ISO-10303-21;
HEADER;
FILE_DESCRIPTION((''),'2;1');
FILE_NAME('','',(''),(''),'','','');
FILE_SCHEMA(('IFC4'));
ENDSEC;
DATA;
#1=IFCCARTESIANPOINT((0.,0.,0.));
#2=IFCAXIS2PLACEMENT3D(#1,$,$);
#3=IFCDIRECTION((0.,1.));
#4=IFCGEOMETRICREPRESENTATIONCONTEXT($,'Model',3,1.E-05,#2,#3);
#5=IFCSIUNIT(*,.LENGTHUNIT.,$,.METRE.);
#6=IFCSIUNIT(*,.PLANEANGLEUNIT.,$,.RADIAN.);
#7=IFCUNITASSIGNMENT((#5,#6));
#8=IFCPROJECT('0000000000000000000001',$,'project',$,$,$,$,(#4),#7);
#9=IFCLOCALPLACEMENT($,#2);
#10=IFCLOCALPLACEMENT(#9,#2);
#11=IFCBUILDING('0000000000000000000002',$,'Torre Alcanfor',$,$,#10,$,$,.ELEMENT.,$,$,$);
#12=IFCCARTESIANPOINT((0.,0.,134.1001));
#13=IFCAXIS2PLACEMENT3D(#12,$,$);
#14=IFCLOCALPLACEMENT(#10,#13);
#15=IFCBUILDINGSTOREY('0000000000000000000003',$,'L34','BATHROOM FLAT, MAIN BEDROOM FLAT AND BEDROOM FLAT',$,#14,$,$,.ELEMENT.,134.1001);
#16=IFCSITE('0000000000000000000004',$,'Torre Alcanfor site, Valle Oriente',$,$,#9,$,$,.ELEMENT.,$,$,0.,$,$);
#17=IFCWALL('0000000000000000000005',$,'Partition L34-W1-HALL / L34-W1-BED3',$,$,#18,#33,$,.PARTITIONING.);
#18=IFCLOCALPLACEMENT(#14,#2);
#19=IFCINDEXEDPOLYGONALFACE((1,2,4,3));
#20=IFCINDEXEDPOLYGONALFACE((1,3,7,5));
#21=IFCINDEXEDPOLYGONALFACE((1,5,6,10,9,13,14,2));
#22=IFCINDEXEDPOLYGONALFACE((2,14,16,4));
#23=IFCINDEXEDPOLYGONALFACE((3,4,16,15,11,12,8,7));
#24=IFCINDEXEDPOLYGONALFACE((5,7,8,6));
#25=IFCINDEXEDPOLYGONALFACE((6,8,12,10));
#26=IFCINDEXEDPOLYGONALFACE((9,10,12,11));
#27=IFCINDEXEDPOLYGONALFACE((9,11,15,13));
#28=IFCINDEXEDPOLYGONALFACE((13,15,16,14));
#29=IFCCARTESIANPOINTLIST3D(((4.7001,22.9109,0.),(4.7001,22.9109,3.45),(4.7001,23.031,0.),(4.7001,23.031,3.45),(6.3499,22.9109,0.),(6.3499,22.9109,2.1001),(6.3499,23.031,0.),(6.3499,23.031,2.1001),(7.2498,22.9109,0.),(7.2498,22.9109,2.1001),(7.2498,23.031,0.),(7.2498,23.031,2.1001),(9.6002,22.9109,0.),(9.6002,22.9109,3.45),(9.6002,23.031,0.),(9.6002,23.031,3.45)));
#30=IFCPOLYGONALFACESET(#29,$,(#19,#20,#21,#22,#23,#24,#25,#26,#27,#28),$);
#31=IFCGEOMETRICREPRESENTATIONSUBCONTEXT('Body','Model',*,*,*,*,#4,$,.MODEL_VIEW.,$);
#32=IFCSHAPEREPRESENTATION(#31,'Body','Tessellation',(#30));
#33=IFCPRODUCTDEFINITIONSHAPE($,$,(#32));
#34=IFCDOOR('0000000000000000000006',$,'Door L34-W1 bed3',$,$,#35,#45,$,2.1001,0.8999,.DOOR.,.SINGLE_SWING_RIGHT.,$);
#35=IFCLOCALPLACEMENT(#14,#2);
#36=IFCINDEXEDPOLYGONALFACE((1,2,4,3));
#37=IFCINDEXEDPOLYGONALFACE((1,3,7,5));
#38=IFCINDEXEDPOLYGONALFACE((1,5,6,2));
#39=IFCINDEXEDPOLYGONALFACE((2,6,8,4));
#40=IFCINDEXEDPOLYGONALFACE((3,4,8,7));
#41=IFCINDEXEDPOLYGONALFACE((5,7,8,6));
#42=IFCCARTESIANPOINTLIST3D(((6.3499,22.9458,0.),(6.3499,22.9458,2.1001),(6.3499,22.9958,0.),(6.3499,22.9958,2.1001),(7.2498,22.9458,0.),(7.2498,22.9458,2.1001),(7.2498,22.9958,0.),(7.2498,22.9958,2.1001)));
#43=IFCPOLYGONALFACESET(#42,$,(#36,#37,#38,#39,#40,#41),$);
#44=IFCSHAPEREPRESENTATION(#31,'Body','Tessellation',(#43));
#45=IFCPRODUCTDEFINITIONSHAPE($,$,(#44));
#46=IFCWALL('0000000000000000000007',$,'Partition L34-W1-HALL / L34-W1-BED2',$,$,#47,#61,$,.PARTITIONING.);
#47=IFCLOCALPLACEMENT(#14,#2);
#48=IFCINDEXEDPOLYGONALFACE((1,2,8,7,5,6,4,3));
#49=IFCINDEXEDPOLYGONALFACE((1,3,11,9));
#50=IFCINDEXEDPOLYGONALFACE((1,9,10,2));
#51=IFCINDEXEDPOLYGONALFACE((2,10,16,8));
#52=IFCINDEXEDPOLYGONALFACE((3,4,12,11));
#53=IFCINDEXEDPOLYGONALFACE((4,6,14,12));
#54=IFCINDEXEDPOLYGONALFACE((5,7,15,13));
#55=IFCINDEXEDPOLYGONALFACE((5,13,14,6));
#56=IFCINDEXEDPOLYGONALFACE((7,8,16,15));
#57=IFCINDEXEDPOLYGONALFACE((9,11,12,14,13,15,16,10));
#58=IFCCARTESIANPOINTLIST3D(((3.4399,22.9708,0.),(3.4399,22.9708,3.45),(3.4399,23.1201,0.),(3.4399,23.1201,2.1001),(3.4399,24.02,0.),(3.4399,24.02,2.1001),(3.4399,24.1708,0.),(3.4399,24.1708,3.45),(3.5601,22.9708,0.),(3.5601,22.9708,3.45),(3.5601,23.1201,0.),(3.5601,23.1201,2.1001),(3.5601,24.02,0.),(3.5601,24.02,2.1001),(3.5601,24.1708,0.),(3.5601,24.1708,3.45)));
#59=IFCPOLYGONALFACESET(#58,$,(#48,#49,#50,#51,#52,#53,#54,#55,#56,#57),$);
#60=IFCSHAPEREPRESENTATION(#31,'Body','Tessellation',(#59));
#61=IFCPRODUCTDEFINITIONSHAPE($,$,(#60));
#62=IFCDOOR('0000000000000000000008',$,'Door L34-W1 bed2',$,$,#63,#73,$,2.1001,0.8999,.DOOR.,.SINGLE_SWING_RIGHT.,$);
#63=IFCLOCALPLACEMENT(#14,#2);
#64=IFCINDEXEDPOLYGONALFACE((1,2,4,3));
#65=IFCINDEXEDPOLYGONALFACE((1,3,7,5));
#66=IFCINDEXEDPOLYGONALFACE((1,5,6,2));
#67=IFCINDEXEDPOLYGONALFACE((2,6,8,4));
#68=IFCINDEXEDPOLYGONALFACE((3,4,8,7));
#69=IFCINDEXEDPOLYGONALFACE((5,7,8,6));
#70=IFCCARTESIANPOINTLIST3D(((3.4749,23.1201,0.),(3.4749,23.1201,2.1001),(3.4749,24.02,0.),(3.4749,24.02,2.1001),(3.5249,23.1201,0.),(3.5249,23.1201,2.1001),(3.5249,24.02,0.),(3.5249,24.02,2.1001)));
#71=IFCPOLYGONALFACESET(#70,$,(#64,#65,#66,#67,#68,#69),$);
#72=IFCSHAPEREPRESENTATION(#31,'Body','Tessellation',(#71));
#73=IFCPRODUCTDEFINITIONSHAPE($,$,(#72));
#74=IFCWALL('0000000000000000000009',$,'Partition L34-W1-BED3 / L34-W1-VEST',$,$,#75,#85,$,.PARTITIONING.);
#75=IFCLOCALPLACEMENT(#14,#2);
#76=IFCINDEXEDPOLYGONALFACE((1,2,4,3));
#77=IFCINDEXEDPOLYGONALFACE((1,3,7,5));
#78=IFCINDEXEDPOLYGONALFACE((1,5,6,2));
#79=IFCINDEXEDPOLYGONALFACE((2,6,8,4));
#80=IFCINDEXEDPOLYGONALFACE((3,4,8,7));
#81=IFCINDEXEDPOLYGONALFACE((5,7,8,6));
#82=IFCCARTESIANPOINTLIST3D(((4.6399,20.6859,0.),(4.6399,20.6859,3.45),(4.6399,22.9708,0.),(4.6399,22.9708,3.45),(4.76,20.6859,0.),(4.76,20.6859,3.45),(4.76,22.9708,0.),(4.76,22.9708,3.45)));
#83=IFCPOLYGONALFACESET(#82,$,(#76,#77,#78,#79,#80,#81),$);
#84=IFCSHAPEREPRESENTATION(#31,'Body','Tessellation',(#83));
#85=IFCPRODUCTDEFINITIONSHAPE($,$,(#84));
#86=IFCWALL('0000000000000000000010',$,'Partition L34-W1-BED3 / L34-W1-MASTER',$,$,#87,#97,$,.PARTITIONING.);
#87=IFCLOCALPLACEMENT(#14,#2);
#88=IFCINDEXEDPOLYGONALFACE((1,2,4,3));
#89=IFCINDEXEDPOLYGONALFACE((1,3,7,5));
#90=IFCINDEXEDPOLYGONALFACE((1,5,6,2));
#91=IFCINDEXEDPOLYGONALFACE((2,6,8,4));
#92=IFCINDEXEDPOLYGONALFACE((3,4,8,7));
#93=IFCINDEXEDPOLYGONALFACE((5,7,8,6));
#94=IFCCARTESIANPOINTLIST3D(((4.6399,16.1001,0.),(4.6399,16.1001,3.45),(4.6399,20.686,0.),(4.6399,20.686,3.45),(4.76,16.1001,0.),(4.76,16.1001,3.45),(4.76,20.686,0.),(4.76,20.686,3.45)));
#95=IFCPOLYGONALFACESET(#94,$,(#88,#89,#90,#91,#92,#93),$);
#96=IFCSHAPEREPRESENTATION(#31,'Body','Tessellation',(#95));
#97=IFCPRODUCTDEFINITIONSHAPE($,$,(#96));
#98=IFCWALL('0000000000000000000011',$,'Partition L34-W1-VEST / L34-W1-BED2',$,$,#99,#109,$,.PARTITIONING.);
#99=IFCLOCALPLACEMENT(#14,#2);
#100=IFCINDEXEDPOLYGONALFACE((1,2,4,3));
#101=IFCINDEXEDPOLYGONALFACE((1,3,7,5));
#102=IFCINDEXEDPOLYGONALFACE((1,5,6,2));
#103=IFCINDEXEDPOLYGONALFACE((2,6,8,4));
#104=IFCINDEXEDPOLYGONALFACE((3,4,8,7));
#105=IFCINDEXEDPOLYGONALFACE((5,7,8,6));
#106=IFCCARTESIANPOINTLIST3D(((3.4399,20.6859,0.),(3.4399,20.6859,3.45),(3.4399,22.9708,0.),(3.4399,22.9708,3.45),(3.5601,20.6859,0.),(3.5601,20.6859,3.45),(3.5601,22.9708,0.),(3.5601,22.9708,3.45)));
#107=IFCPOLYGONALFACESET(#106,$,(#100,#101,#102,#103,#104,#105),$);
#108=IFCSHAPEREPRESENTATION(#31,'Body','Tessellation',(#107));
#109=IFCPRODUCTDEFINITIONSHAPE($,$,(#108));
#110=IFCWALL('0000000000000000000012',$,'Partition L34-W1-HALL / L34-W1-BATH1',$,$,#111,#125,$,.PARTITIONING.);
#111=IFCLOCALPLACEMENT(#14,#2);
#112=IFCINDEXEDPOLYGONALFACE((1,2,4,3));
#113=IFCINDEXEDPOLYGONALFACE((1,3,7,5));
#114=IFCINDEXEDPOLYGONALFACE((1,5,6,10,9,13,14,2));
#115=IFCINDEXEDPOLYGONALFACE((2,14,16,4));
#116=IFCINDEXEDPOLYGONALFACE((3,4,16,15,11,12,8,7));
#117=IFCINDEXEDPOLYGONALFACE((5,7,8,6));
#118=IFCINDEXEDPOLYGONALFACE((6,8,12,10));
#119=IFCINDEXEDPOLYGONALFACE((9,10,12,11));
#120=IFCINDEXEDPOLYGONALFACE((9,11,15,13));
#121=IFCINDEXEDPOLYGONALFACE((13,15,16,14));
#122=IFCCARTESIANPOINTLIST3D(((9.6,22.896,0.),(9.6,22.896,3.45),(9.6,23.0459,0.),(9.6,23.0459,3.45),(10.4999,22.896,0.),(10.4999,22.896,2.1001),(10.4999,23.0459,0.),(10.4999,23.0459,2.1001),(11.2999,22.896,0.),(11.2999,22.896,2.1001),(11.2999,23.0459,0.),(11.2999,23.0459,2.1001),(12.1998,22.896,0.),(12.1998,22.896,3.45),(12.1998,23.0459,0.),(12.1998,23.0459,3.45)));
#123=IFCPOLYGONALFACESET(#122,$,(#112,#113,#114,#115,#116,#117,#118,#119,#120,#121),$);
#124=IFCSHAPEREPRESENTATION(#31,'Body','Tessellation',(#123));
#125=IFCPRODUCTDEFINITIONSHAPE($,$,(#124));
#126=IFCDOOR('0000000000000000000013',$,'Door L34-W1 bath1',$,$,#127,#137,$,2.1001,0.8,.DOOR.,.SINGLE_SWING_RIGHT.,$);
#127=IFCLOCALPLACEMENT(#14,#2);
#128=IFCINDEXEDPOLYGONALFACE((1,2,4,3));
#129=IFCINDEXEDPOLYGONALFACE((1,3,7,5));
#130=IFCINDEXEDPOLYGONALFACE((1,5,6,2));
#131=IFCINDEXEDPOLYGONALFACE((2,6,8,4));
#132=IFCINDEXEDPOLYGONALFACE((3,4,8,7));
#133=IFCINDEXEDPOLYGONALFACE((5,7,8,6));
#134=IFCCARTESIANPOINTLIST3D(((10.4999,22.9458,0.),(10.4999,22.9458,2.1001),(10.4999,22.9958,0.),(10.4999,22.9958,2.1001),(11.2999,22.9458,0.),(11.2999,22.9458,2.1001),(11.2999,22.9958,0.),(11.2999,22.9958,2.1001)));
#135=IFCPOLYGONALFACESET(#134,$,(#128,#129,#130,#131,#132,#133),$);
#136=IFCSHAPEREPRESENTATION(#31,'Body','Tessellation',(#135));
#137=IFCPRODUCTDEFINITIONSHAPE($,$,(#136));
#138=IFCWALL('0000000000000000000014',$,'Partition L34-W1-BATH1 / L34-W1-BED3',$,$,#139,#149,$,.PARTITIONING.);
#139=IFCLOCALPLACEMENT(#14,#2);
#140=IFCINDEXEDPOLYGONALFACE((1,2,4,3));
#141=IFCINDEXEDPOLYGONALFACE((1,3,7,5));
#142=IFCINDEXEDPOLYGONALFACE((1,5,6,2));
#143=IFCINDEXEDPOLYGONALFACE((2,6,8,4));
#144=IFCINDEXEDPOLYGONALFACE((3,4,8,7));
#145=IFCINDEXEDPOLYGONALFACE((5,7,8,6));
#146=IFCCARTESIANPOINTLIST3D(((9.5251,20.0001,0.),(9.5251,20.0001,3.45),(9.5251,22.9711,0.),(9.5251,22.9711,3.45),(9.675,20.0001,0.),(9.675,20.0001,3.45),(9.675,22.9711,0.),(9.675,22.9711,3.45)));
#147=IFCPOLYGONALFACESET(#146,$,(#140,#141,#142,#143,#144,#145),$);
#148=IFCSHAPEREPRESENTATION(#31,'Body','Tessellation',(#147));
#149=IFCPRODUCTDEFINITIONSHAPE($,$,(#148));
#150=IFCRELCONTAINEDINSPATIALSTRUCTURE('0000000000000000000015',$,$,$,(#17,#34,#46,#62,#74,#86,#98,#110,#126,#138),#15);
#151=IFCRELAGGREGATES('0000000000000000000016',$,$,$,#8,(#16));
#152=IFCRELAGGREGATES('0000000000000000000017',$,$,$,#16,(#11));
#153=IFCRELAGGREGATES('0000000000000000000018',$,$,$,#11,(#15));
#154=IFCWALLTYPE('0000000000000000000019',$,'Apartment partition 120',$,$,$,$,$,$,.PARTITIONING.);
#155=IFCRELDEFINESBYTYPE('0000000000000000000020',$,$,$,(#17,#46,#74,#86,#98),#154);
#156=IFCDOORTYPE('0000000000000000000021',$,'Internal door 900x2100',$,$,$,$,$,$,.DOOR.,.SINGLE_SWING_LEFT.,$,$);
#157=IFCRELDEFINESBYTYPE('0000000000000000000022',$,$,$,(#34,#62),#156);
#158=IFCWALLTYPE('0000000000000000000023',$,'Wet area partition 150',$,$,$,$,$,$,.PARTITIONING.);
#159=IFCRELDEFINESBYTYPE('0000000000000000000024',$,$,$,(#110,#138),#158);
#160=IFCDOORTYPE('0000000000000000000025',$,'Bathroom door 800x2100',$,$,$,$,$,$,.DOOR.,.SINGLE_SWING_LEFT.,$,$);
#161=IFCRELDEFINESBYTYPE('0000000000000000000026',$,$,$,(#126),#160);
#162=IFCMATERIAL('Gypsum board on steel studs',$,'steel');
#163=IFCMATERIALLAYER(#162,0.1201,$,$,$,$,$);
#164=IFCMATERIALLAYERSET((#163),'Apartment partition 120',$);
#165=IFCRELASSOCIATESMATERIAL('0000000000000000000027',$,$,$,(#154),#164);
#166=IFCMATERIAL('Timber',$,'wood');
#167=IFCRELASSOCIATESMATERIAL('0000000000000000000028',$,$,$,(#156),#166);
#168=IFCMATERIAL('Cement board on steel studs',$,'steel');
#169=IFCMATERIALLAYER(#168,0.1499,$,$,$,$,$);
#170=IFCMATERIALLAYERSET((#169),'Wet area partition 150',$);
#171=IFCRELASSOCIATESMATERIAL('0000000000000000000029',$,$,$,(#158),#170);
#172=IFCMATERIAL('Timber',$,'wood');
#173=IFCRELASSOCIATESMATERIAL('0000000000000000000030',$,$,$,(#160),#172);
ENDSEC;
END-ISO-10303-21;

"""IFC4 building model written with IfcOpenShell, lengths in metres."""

from ifc_helpers import new_model, si_unit, direction, frame, frame_2d, origin, place, context, subcontext, project, spatial, rectangle, extrude, material, layer, layer_set, type_object, element, fill, save


model = new_model("IFC4")

# Units and contexts
model_context = context("Model", 3, precision=1e-05, world=origin(), true_north=direction((0.0, 1.0)))
body_context = subcontext(model_context, "Body", "Model", "MODEL_VIEW")
ifc_project = project(units=[si_unit("LENGTHUNIT", "METRE"), si_unit("PLANEANGLEUNIT", "RADIAN")], contexts=[model_context])

# Site, building, storey
site_placement = place(None, origin())
site = spatial("IfcSite", under=ifc_project, at=site_placement, Name="Torre Alcanfor site, Valle Oriente", CompositionType="ELEMENT", RefElevation=0.0)
building_placement = place(site_placement, origin())
building = spatial("IfcBuilding", under=site, at=building_placement, Name="Torre Alcanfor", CompositionType="ELEMENT")
storey_placement = place(building_placement, frame((0.0, 0.0, 134.1001)))
storey = spatial("IfcBuildingStorey", under=building, at=storey_placement, Name="L34", Description="BATHROOM FLAT, MAIN BEDROOM FLAT AND BEDROOM FLAT", CompositionType="ELEMENT", Elevation=134.1001)

# Shared definitions
ifc_material_1 = material(Name="Gypsum board on steel studs", Category="steel")
ifc_layer_1 = layer(ifc_material_1, 0.1201)
ifc_layer_set_1 = layer_set([ifc_layer_1], Name="Apartment partition 120")
wall_type_1 = type_object("IfcWallType", Name="Apartment partition 120", PredefinedType="PARTITIONING", material=ifc_layer_set_1)
ifc_material_2 = material(Name="Timber", Category="wood")
door_type_1 = type_object("IfcDoorType", Name="Internal door 900x2100", OperationType="SINGLE_SWING_LEFT", PredefinedType="DOOR", material=ifc_material_2)

# Walls, openings, doors
wall_1_placement = place(storey_placement, frame((4.7, 22.9709, 0.0), z_axis=(0.0, 0.0, 1.0), x_axis=(1.0, 0.0, 0.0)))
wall_1 = element("IfcWall", 1, at=wall_1_placement, inside=storey, type_object=wall_type_1, Name="Partition L34-W1-HALL / L34-W1-BED3", PredefinedType="PARTITIONING", context=body_context, shape_type="SweptSolid", body=[
    extrude(rectangle(XDim=4.9001, YDim=0.1201, at=frame_2d((2.4502, 0.0))), origin(), (0.0, 0.0, 1.0), 3.45),
])
opening_1_placement = place(wall_1_placement, frame((1.6499, 0.0, 0.0)))
opening_1 = element("IfcOpeningElement", 2, at=opening_1_placement, cuts=wall_1, PredefinedType="OPENING", context=body_context, shape_type="SweptSolid", body=[
    extrude(rectangle(XDim=0.8999, YDim=2.1001, at=frame_2d((0.45, 1.05))), frame((0.0, 0.0701, 0.0), z_axis=(0.0, -1.0, 0.0), x_axis=(1.0, 0.0, 0.0)), (0.0, 0.0, 1.0), 0.1401),
])
door_1_placement = place(opening_1_placement, frame((0.8999, 0.0, 0.0), z_axis=(0.0, 0.0, 1.0), x_axis=(-1.0, 0.0, 0.0)))
door_1 = element("IfcDoor", 3, at=door_1_placement, inside=storey, type_object=door_type_1, Name="Door L34-W1 bed3", OperationType="SINGLE_SWING_RIGHT", OverallHeight=2.1001, OverallWidth=0.8999, PredefinedType="DOOR", context=body_context, shape_type="SweptSolid", body=[
    extrude(rectangle(XDim=0.8999, YDim=2.1001, at=frame_2d((0.45, 1.05))), frame((0.0, 0.0251, 0.0), z_axis=(0.0, -1.0, 0.0), x_axis=(1.0, 0.0, 0.0)), (0.0, 0.0, 1.0), 0.05),
])
fill(opening_1, door_1)
wall_2_placement = place(storey_placement, frame((3.5, 24.1709, 0.0), z_axis=(0.0, 0.0, 1.0), x_axis=(0.0, -1.0, 0.0)))
wall_2 = element("IfcWall", 4, at=wall_2_placement, inside=storey, type_object=wall_type_1, Name="Partition L34-W1-HALL / L34-W1-BED2", PredefinedType="PARTITIONING", context=body_context, shape_type="SweptSolid", body=[
    extrude(rectangle(XDim=1.2, YDim=0.1201, at=frame_2d((0.6001, 0.0))), origin(), (0.0, 0.0, 1.0), 3.45),
])
opening_2_placement = place(wall_2_placement, frame((0.1509, 0.0, 0.0)))
opening_2 = element("IfcOpeningElement", 5, at=opening_2_placement, cuts=wall_2, PredefinedType="OPENING", context=body_context, shape_type="SweptSolid", body=[
    extrude(rectangle(XDim=0.8999, YDim=2.1001, at=frame_2d((0.45, 1.05))), frame((0.0, 0.0701, 0.0), z_axis=(0.0, -1.0, 0.0), x_axis=(1.0, 0.0, 0.0)), (0.0, 0.0, 1.0), 0.1401),
])
door_2_placement = place(opening_2_placement, frame((0.8999, 0.0, 0.0), z_axis=(0.0, 0.0, 1.0), x_axis=(-1.0, 0.0, 0.0)))
door_2 = element("IfcDoor", 6, at=door_2_placement, inside=storey, type_object=door_type_1, Name="Door L34-W1 bed2", OperationType="SINGLE_SWING_RIGHT", OverallHeight=2.1001, OverallWidth=0.8999, PredefinedType="DOOR", context=body_context, shape_type="SweptSolid", body=[
    extrude(rectangle(XDim=0.8999, YDim=2.1001, at=frame_2d((0.45, 1.05))), frame((0.0, 0.0251, 0.0), z_axis=(0.0, -1.0, 0.0), x_axis=(1.0, 0.0, 0.0)), (0.0, 0.0, 1.0), 0.05),
])
fill(opening_2, door_2)

# Walls
wall_3_placement = place(storey_placement, frame((4.7, 22.9709, 0.0), z_axis=(0.0, 0.0, 1.0), x_axis=(0.0, -1.0, 0.0)))
element("IfcWall", 7, at=wall_3_placement, inside=storey, type_object=wall_type_1, Name="Partition L34-W1-BED3 / L34-W1-VEST", PredefinedType="PARTITIONING", context=body_context, shape_type="SweptSolid", body=[
    extrude(rectangle(XDim=2.2849, YDim=0.1201, at=frame_2d((1.1426, 0.0))), origin(), (0.0, 0.0, 1.0), 3.45),
])
wall_4_placement = place(storey_placement, frame((4.7, 20.686, 0.0), z_axis=(0.0, 0.0, 1.0), x_axis=(0.0, -1.0, 0.0)))
element("IfcWall", 8, at=wall_4_placement, inside=storey, type_object=wall_type_1, Name="Partition L34-W1-BED3 / L34-W1-MASTER", PredefinedType="PARTITIONING", context=body_context, shape_type="SweptSolid", body=[
    extrude(rectangle(XDim=4.5859, YDim=0.1201, at=frame_2d((2.293, 0.0))), origin(), (0.0, 0.0, 1.0), 3.45),
])
wall_5_placement = place(storey_placement, frame((3.5, 22.9709, 0.0), z_axis=(0.0, 0.0, 1.0), x_axis=(0.0, -1.0, 0.0)))
element("IfcWall", 9, at=wall_5_placement, inside=storey, type_object=wall_type_1, Name="Partition L34-W1-VEST / L34-W1-BED2", PredefinedType="PARTITIONING", context=body_context, shape_type="SweptSolid", body=[
    extrude(rectangle(XDim=2.2849, YDim=0.1201, at=frame_2d((1.1426, 0.0))), origin(), (0.0, 0.0, 1.0), 3.45),
])

# Wall, opening, door
ifc_material_3 = material(Name="Cement board on steel studs", Category="steel")
ifc_layer_2 = layer(ifc_material_3, 0.1499)
ifc_layer_set_2 = layer_set([ifc_layer_2], Name="Wet area partition 150")
wall_type_2 = type_object("IfcWallType", Name="Wet area partition 150", PredefinedType="PARTITIONING", material=ifc_layer_set_2)
wall_6_placement = place(storey_placement, frame((9.6001, 22.9709, 0.0), z_axis=(0.0, 0.0, 1.0), x_axis=(1.0, 0.0, 0.0)))
wall_6 = element("IfcWall", 10, at=wall_6_placement, inside=storey, type_object=wall_type_2, Name="Partition L34-W1-HALL / L34-W1-BATH1", PredefinedType="PARTITIONING", context=body_context, shape_type="SweptSolid", body=[
    extrude(rectangle(XDim=2.5999, YDim=0.1499, at=frame_2d((1.2998, 0.0))), origin(), (0.0, 0.0, 1.0), 3.45),
])
opening_3_placement = place(wall_6_placement, frame((0.8999, 0.0, 0.0)))
opening_3 = element("IfcOpeningElement", 11, at=opening_3_placement, cuts=wall_6, PredefinedType="OPENING", context=body_context, shape_type="SweptSolid", body=[
    extrude(rectangle(XDim=0.8, YDim=2.1001, at=frame_2d((0.3999, 1.05))), frame((0.0, 0.085, 0.0), z_axis=(0.0, -1.0, 0.0), x_axis=(1.0, 0.0, 0.0)), (0.0, 0.0, 1.0), 0.1699),
])
ifc_material_4 = material(Name="Timber", Category="wood")
door_type_2 = type_object("IfcDoorType", Name="Bathroom door 800x2100", OperationType="SINGLE_SWING_LEFT", PredefinedType="DOOR", material=ifc_material_4)
door_3_placement = place(opening_3_placement, frame((0.8, 0.0, 0.0), z_axis=(0.0, 0.0, 1.0), x_axis=(-1.0, 0.0, 0.0)))
door_3 = element("IfcDoor", 12, at=door_3_placement, inside=storey, type_object=door_type_2, Name="Door L34-W1 bath1", OperationType="SINGLE_SWING_RIGHT", OverallHeight=2.1001, OverallWidth=0.8, PredefinedType="DOOR", context=body_context, shape_type="SweptSolid", body=[
    extrude(rectangle(XDim=0.8, YDim=2.1001, at=frame_2d((0.4001, 1.05))), frame((0.0, 0.0251, 0.0), z_axis=(0.0, -1.0, 0.0), x_axis=(1.0, 0.0, 0.0)), (0.0, 0.0, 1.0), 0.05),
])
fill(opening_3, door_3)

# Wall
wall_7_placement = place(storey_placement, frame((9.6001, 22.9709, 0.0), z_axis=(0.0, 0.0, 1.0), x_axis=(0.0, -1.0, 0.0)))
element("IfcWall", 13, at=wall_7_placement, inside=storey, type_object=wall_type_2, Name="Partition L34-W1-BATH1 / L34-W1-BED3", PredefinedType="PARTITIONING", context=body_context, shape_type="SweptSolid", body=[
    extrude(rectangle(XDim=2.9709, YDim=0.1499, at=frame_2d((1.4854, 0.0))), origin(), (0.0, 0.0, 1.0), 3.45),
])

save(model, "model.ifc")
